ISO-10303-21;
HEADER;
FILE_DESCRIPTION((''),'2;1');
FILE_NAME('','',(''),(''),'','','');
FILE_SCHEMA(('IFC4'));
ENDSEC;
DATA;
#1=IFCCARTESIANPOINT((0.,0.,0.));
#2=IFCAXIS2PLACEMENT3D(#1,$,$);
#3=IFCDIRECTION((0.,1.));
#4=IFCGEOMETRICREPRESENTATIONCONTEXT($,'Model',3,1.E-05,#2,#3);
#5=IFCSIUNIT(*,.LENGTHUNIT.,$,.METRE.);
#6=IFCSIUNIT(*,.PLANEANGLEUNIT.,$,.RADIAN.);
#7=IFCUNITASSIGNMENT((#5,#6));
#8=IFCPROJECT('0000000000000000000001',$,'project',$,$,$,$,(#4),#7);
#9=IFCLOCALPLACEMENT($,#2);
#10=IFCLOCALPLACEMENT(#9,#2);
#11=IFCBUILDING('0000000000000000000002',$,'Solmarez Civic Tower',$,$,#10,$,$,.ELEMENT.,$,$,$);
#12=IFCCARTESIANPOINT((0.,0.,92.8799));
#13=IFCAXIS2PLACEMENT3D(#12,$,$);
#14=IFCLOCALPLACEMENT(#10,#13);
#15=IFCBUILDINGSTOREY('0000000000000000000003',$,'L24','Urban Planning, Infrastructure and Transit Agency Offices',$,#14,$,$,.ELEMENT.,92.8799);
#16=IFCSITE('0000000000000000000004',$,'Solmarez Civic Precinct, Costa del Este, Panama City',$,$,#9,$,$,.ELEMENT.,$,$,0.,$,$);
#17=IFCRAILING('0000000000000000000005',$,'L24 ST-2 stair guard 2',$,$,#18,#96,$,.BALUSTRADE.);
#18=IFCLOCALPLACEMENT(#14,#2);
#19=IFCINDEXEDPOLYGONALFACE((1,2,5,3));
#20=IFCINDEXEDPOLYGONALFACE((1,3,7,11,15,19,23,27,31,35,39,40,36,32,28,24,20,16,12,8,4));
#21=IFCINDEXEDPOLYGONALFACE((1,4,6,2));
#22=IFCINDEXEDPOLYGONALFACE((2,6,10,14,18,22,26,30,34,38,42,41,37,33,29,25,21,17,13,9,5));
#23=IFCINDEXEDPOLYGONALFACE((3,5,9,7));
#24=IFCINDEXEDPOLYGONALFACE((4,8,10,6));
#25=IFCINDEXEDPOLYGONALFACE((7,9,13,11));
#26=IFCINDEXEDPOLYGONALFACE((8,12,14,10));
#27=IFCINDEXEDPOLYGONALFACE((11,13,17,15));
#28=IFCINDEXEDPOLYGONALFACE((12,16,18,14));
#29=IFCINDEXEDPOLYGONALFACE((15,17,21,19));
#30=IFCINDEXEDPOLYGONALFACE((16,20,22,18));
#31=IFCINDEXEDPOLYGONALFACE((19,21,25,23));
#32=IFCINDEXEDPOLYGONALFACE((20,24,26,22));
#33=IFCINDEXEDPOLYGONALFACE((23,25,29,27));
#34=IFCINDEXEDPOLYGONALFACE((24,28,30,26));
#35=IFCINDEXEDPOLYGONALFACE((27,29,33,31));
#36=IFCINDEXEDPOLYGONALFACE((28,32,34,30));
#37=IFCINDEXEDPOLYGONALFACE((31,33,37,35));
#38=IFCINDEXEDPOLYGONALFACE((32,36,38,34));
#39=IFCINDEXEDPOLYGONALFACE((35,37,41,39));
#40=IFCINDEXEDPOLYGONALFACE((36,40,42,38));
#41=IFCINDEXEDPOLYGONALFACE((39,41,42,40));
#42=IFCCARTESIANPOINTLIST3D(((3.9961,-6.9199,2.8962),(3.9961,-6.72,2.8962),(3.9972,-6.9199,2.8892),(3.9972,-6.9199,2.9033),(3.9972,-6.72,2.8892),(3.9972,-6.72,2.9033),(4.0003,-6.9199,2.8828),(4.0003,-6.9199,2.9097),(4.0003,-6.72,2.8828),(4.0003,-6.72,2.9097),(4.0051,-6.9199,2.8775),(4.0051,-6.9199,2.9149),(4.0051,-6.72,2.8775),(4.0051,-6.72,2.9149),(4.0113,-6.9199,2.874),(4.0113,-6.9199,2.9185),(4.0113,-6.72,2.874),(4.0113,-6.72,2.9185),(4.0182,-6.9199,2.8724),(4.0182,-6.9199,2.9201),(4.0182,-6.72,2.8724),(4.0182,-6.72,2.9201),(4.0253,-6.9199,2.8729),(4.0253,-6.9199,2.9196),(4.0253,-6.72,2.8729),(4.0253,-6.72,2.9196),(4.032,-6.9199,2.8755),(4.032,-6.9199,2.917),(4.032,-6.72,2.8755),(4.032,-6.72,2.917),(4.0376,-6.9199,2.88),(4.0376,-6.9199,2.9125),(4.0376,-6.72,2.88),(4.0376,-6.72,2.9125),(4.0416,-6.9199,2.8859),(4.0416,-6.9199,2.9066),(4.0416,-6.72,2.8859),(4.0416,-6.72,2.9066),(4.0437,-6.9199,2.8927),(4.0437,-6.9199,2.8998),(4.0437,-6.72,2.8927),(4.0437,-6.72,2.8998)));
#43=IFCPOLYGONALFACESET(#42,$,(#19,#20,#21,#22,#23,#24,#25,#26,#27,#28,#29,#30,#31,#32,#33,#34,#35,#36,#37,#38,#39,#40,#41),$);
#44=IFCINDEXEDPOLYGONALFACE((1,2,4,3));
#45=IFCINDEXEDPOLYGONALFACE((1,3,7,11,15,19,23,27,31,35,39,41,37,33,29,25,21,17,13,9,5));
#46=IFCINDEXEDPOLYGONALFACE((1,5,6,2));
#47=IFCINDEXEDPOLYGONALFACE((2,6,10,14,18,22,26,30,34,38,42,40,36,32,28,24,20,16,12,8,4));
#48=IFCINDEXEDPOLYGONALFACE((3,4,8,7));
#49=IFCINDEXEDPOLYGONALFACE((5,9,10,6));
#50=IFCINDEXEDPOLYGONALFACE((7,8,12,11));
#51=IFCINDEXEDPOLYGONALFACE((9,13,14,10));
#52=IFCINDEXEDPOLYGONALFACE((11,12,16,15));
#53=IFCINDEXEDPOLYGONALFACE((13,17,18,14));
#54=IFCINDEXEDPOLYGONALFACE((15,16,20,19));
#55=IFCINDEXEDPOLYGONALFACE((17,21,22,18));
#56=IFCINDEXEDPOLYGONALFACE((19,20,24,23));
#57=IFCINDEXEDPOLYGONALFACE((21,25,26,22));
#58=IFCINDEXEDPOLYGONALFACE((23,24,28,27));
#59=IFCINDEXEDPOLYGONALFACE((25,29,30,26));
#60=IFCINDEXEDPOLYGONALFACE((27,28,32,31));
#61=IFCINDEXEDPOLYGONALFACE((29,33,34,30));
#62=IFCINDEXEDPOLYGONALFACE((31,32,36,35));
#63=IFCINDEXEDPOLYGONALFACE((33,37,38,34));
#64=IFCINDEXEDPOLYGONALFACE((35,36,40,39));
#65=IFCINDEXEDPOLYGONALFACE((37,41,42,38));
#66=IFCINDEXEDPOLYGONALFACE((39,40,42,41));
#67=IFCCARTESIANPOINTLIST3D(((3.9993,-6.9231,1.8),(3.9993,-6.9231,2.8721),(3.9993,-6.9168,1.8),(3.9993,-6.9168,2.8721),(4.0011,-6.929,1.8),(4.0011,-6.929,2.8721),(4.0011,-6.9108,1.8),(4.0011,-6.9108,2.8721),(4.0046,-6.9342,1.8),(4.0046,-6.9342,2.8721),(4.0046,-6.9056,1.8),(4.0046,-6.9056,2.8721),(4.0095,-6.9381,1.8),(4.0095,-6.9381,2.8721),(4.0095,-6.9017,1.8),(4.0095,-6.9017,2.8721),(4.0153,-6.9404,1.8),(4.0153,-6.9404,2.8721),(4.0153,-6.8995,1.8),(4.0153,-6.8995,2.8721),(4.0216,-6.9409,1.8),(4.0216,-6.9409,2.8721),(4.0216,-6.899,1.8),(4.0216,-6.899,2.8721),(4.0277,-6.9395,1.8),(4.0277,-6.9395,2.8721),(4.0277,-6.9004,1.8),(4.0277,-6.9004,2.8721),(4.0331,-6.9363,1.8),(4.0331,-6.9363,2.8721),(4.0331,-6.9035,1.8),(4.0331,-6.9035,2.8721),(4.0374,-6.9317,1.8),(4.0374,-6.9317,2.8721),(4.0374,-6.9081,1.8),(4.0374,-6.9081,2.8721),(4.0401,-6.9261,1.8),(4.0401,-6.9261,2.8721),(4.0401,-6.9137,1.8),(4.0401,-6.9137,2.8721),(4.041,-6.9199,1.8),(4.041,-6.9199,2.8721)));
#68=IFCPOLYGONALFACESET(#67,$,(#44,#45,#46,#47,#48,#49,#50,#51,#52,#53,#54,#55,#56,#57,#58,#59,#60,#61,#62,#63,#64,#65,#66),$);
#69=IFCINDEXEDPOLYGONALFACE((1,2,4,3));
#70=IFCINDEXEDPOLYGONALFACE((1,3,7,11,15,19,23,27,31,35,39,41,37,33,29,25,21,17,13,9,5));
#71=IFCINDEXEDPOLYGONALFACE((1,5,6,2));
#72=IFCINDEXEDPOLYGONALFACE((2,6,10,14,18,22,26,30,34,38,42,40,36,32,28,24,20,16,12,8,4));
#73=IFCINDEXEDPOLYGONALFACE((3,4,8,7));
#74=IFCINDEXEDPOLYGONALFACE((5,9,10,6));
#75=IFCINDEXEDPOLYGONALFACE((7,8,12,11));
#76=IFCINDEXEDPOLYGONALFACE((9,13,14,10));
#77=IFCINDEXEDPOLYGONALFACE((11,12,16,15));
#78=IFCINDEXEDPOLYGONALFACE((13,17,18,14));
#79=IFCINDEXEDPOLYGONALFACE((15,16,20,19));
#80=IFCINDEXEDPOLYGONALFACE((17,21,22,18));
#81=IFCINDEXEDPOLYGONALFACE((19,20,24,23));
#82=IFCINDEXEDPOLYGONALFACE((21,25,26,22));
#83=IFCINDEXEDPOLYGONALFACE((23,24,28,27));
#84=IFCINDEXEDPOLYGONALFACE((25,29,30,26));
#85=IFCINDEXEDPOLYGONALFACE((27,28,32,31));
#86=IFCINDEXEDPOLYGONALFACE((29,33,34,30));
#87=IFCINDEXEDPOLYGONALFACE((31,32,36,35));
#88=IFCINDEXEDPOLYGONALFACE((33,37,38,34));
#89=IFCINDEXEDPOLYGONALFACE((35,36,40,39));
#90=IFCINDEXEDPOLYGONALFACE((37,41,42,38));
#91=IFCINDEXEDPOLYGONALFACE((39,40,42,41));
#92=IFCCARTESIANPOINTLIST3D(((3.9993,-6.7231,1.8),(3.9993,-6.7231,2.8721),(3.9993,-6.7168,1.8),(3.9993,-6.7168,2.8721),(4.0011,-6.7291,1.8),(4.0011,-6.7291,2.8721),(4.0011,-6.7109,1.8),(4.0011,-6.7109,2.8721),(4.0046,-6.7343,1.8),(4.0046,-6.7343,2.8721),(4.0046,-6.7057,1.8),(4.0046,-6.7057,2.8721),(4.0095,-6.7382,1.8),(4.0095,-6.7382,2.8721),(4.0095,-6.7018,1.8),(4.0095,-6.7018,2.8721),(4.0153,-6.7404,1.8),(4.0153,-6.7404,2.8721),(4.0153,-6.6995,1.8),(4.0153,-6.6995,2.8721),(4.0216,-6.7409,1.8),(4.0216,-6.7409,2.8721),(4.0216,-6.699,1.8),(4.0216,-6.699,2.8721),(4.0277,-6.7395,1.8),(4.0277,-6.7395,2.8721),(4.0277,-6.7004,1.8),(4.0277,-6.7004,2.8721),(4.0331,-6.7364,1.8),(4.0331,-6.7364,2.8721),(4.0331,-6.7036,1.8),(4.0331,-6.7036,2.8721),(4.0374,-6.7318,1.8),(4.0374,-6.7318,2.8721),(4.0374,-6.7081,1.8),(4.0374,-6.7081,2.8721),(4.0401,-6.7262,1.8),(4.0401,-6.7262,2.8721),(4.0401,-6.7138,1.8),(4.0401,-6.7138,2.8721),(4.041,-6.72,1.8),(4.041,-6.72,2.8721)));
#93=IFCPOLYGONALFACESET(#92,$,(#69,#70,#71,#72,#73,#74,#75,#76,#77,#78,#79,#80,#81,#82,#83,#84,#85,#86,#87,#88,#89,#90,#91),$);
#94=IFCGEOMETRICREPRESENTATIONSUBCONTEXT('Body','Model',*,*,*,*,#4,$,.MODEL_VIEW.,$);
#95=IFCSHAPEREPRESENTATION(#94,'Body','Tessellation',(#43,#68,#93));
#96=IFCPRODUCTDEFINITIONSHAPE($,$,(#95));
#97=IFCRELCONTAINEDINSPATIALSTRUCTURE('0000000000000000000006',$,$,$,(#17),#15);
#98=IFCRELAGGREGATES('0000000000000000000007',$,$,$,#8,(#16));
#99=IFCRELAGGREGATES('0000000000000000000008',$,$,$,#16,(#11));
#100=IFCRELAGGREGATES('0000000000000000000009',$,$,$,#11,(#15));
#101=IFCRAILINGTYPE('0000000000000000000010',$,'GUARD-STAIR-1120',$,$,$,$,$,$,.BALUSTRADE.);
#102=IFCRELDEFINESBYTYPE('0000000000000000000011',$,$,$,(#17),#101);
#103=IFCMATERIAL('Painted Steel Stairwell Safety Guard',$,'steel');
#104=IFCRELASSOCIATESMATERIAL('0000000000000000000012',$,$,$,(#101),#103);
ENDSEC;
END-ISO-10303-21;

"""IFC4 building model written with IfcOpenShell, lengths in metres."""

from ifc_helpers import new_model, si_unit, direction, frame, origin, origin_2d, place, context, subcontext, project, spatial, circle, extrude, material, type_object, element, save


model = new_model("IFC4")

# Units and contexts
model_context = context("Model", 3, precision=1e-05, world=origin(), true_north=direction((0.0, 1.0)))
body_context = subcontext(model_context, "Body", "Model", "MODEL_VIEW")
ifc_project = project(units=[si_unit("LENGTHUNIT", "METRE"), si_unit("PLANEANGLEUNIT", "RADIAN")], contexts=[model_context])

# Site, building, storey
site_placement = place(None, origin())
site = spatial("IfcSite", under=ifc_project, at=site_placement, Name="Solmarez Civic Precinct, Costa del Este, Panama City", CompositionType="ELEMENT", RefElevation=0.0)
building_placement = place(site_placement, origin())
building = spatial("IfcBuilding", under=site, at=building_placement, Name="Solmarez Civic Tower", CompositionType="ELEMENT")
storey_placement = place(building_placement, frame((0.0, 0.0, 92.8799)))
storey = spatial("IfcBuildingStorey", under=building, at=storey_placement, Name="L24", Description="Urban Planning, Infrastructure and Transit Agency Offices", CompositionType="ELEMENT", Elevation=92.8799)

# Railing
ifc_material_1 = material(Name="Painted Steel Stairwell Safety Guard", Category="steel")
railing_type_1 = type_object("IfcRailingType", Name="GUARD-STAIR-1120", PredefinedType="BALUSTRADE", material=ifc_material_1)
railing_1_placement = place(storey_placement, frame((4.02, -6.9199, 1.8)))
element("IfcRailing", 1, at=railing_1_placement, inside=storey, type_object=railing_type_1, Name="L24 ST-2 stair guard 2", PredefinedType="BALUSTRADE", context=body_context, shape_type="SweptSolid", body=[
    extrude(circle(Radius=0.0239, at=origin_2d()), frame((0.0, 0.0, 1.0962), z_axis=(0.0, 1.0, 0.0), x_axis=(-1.0, 0.0, 0.0)), (0.0, 0.0, 1.0), 0.2),
    extrude(circle(Radius=0.021, at=origin_2d()), origin(), (0.0, 0.0, 1.0), 1.072),
    extrude(circle(Radius=0.021, at=origin_2d()), frame((0.0, 0.2, 0.0)), (0.0, 0.0, 1.0), 1.072),
])

save(model, "model.ifc")
